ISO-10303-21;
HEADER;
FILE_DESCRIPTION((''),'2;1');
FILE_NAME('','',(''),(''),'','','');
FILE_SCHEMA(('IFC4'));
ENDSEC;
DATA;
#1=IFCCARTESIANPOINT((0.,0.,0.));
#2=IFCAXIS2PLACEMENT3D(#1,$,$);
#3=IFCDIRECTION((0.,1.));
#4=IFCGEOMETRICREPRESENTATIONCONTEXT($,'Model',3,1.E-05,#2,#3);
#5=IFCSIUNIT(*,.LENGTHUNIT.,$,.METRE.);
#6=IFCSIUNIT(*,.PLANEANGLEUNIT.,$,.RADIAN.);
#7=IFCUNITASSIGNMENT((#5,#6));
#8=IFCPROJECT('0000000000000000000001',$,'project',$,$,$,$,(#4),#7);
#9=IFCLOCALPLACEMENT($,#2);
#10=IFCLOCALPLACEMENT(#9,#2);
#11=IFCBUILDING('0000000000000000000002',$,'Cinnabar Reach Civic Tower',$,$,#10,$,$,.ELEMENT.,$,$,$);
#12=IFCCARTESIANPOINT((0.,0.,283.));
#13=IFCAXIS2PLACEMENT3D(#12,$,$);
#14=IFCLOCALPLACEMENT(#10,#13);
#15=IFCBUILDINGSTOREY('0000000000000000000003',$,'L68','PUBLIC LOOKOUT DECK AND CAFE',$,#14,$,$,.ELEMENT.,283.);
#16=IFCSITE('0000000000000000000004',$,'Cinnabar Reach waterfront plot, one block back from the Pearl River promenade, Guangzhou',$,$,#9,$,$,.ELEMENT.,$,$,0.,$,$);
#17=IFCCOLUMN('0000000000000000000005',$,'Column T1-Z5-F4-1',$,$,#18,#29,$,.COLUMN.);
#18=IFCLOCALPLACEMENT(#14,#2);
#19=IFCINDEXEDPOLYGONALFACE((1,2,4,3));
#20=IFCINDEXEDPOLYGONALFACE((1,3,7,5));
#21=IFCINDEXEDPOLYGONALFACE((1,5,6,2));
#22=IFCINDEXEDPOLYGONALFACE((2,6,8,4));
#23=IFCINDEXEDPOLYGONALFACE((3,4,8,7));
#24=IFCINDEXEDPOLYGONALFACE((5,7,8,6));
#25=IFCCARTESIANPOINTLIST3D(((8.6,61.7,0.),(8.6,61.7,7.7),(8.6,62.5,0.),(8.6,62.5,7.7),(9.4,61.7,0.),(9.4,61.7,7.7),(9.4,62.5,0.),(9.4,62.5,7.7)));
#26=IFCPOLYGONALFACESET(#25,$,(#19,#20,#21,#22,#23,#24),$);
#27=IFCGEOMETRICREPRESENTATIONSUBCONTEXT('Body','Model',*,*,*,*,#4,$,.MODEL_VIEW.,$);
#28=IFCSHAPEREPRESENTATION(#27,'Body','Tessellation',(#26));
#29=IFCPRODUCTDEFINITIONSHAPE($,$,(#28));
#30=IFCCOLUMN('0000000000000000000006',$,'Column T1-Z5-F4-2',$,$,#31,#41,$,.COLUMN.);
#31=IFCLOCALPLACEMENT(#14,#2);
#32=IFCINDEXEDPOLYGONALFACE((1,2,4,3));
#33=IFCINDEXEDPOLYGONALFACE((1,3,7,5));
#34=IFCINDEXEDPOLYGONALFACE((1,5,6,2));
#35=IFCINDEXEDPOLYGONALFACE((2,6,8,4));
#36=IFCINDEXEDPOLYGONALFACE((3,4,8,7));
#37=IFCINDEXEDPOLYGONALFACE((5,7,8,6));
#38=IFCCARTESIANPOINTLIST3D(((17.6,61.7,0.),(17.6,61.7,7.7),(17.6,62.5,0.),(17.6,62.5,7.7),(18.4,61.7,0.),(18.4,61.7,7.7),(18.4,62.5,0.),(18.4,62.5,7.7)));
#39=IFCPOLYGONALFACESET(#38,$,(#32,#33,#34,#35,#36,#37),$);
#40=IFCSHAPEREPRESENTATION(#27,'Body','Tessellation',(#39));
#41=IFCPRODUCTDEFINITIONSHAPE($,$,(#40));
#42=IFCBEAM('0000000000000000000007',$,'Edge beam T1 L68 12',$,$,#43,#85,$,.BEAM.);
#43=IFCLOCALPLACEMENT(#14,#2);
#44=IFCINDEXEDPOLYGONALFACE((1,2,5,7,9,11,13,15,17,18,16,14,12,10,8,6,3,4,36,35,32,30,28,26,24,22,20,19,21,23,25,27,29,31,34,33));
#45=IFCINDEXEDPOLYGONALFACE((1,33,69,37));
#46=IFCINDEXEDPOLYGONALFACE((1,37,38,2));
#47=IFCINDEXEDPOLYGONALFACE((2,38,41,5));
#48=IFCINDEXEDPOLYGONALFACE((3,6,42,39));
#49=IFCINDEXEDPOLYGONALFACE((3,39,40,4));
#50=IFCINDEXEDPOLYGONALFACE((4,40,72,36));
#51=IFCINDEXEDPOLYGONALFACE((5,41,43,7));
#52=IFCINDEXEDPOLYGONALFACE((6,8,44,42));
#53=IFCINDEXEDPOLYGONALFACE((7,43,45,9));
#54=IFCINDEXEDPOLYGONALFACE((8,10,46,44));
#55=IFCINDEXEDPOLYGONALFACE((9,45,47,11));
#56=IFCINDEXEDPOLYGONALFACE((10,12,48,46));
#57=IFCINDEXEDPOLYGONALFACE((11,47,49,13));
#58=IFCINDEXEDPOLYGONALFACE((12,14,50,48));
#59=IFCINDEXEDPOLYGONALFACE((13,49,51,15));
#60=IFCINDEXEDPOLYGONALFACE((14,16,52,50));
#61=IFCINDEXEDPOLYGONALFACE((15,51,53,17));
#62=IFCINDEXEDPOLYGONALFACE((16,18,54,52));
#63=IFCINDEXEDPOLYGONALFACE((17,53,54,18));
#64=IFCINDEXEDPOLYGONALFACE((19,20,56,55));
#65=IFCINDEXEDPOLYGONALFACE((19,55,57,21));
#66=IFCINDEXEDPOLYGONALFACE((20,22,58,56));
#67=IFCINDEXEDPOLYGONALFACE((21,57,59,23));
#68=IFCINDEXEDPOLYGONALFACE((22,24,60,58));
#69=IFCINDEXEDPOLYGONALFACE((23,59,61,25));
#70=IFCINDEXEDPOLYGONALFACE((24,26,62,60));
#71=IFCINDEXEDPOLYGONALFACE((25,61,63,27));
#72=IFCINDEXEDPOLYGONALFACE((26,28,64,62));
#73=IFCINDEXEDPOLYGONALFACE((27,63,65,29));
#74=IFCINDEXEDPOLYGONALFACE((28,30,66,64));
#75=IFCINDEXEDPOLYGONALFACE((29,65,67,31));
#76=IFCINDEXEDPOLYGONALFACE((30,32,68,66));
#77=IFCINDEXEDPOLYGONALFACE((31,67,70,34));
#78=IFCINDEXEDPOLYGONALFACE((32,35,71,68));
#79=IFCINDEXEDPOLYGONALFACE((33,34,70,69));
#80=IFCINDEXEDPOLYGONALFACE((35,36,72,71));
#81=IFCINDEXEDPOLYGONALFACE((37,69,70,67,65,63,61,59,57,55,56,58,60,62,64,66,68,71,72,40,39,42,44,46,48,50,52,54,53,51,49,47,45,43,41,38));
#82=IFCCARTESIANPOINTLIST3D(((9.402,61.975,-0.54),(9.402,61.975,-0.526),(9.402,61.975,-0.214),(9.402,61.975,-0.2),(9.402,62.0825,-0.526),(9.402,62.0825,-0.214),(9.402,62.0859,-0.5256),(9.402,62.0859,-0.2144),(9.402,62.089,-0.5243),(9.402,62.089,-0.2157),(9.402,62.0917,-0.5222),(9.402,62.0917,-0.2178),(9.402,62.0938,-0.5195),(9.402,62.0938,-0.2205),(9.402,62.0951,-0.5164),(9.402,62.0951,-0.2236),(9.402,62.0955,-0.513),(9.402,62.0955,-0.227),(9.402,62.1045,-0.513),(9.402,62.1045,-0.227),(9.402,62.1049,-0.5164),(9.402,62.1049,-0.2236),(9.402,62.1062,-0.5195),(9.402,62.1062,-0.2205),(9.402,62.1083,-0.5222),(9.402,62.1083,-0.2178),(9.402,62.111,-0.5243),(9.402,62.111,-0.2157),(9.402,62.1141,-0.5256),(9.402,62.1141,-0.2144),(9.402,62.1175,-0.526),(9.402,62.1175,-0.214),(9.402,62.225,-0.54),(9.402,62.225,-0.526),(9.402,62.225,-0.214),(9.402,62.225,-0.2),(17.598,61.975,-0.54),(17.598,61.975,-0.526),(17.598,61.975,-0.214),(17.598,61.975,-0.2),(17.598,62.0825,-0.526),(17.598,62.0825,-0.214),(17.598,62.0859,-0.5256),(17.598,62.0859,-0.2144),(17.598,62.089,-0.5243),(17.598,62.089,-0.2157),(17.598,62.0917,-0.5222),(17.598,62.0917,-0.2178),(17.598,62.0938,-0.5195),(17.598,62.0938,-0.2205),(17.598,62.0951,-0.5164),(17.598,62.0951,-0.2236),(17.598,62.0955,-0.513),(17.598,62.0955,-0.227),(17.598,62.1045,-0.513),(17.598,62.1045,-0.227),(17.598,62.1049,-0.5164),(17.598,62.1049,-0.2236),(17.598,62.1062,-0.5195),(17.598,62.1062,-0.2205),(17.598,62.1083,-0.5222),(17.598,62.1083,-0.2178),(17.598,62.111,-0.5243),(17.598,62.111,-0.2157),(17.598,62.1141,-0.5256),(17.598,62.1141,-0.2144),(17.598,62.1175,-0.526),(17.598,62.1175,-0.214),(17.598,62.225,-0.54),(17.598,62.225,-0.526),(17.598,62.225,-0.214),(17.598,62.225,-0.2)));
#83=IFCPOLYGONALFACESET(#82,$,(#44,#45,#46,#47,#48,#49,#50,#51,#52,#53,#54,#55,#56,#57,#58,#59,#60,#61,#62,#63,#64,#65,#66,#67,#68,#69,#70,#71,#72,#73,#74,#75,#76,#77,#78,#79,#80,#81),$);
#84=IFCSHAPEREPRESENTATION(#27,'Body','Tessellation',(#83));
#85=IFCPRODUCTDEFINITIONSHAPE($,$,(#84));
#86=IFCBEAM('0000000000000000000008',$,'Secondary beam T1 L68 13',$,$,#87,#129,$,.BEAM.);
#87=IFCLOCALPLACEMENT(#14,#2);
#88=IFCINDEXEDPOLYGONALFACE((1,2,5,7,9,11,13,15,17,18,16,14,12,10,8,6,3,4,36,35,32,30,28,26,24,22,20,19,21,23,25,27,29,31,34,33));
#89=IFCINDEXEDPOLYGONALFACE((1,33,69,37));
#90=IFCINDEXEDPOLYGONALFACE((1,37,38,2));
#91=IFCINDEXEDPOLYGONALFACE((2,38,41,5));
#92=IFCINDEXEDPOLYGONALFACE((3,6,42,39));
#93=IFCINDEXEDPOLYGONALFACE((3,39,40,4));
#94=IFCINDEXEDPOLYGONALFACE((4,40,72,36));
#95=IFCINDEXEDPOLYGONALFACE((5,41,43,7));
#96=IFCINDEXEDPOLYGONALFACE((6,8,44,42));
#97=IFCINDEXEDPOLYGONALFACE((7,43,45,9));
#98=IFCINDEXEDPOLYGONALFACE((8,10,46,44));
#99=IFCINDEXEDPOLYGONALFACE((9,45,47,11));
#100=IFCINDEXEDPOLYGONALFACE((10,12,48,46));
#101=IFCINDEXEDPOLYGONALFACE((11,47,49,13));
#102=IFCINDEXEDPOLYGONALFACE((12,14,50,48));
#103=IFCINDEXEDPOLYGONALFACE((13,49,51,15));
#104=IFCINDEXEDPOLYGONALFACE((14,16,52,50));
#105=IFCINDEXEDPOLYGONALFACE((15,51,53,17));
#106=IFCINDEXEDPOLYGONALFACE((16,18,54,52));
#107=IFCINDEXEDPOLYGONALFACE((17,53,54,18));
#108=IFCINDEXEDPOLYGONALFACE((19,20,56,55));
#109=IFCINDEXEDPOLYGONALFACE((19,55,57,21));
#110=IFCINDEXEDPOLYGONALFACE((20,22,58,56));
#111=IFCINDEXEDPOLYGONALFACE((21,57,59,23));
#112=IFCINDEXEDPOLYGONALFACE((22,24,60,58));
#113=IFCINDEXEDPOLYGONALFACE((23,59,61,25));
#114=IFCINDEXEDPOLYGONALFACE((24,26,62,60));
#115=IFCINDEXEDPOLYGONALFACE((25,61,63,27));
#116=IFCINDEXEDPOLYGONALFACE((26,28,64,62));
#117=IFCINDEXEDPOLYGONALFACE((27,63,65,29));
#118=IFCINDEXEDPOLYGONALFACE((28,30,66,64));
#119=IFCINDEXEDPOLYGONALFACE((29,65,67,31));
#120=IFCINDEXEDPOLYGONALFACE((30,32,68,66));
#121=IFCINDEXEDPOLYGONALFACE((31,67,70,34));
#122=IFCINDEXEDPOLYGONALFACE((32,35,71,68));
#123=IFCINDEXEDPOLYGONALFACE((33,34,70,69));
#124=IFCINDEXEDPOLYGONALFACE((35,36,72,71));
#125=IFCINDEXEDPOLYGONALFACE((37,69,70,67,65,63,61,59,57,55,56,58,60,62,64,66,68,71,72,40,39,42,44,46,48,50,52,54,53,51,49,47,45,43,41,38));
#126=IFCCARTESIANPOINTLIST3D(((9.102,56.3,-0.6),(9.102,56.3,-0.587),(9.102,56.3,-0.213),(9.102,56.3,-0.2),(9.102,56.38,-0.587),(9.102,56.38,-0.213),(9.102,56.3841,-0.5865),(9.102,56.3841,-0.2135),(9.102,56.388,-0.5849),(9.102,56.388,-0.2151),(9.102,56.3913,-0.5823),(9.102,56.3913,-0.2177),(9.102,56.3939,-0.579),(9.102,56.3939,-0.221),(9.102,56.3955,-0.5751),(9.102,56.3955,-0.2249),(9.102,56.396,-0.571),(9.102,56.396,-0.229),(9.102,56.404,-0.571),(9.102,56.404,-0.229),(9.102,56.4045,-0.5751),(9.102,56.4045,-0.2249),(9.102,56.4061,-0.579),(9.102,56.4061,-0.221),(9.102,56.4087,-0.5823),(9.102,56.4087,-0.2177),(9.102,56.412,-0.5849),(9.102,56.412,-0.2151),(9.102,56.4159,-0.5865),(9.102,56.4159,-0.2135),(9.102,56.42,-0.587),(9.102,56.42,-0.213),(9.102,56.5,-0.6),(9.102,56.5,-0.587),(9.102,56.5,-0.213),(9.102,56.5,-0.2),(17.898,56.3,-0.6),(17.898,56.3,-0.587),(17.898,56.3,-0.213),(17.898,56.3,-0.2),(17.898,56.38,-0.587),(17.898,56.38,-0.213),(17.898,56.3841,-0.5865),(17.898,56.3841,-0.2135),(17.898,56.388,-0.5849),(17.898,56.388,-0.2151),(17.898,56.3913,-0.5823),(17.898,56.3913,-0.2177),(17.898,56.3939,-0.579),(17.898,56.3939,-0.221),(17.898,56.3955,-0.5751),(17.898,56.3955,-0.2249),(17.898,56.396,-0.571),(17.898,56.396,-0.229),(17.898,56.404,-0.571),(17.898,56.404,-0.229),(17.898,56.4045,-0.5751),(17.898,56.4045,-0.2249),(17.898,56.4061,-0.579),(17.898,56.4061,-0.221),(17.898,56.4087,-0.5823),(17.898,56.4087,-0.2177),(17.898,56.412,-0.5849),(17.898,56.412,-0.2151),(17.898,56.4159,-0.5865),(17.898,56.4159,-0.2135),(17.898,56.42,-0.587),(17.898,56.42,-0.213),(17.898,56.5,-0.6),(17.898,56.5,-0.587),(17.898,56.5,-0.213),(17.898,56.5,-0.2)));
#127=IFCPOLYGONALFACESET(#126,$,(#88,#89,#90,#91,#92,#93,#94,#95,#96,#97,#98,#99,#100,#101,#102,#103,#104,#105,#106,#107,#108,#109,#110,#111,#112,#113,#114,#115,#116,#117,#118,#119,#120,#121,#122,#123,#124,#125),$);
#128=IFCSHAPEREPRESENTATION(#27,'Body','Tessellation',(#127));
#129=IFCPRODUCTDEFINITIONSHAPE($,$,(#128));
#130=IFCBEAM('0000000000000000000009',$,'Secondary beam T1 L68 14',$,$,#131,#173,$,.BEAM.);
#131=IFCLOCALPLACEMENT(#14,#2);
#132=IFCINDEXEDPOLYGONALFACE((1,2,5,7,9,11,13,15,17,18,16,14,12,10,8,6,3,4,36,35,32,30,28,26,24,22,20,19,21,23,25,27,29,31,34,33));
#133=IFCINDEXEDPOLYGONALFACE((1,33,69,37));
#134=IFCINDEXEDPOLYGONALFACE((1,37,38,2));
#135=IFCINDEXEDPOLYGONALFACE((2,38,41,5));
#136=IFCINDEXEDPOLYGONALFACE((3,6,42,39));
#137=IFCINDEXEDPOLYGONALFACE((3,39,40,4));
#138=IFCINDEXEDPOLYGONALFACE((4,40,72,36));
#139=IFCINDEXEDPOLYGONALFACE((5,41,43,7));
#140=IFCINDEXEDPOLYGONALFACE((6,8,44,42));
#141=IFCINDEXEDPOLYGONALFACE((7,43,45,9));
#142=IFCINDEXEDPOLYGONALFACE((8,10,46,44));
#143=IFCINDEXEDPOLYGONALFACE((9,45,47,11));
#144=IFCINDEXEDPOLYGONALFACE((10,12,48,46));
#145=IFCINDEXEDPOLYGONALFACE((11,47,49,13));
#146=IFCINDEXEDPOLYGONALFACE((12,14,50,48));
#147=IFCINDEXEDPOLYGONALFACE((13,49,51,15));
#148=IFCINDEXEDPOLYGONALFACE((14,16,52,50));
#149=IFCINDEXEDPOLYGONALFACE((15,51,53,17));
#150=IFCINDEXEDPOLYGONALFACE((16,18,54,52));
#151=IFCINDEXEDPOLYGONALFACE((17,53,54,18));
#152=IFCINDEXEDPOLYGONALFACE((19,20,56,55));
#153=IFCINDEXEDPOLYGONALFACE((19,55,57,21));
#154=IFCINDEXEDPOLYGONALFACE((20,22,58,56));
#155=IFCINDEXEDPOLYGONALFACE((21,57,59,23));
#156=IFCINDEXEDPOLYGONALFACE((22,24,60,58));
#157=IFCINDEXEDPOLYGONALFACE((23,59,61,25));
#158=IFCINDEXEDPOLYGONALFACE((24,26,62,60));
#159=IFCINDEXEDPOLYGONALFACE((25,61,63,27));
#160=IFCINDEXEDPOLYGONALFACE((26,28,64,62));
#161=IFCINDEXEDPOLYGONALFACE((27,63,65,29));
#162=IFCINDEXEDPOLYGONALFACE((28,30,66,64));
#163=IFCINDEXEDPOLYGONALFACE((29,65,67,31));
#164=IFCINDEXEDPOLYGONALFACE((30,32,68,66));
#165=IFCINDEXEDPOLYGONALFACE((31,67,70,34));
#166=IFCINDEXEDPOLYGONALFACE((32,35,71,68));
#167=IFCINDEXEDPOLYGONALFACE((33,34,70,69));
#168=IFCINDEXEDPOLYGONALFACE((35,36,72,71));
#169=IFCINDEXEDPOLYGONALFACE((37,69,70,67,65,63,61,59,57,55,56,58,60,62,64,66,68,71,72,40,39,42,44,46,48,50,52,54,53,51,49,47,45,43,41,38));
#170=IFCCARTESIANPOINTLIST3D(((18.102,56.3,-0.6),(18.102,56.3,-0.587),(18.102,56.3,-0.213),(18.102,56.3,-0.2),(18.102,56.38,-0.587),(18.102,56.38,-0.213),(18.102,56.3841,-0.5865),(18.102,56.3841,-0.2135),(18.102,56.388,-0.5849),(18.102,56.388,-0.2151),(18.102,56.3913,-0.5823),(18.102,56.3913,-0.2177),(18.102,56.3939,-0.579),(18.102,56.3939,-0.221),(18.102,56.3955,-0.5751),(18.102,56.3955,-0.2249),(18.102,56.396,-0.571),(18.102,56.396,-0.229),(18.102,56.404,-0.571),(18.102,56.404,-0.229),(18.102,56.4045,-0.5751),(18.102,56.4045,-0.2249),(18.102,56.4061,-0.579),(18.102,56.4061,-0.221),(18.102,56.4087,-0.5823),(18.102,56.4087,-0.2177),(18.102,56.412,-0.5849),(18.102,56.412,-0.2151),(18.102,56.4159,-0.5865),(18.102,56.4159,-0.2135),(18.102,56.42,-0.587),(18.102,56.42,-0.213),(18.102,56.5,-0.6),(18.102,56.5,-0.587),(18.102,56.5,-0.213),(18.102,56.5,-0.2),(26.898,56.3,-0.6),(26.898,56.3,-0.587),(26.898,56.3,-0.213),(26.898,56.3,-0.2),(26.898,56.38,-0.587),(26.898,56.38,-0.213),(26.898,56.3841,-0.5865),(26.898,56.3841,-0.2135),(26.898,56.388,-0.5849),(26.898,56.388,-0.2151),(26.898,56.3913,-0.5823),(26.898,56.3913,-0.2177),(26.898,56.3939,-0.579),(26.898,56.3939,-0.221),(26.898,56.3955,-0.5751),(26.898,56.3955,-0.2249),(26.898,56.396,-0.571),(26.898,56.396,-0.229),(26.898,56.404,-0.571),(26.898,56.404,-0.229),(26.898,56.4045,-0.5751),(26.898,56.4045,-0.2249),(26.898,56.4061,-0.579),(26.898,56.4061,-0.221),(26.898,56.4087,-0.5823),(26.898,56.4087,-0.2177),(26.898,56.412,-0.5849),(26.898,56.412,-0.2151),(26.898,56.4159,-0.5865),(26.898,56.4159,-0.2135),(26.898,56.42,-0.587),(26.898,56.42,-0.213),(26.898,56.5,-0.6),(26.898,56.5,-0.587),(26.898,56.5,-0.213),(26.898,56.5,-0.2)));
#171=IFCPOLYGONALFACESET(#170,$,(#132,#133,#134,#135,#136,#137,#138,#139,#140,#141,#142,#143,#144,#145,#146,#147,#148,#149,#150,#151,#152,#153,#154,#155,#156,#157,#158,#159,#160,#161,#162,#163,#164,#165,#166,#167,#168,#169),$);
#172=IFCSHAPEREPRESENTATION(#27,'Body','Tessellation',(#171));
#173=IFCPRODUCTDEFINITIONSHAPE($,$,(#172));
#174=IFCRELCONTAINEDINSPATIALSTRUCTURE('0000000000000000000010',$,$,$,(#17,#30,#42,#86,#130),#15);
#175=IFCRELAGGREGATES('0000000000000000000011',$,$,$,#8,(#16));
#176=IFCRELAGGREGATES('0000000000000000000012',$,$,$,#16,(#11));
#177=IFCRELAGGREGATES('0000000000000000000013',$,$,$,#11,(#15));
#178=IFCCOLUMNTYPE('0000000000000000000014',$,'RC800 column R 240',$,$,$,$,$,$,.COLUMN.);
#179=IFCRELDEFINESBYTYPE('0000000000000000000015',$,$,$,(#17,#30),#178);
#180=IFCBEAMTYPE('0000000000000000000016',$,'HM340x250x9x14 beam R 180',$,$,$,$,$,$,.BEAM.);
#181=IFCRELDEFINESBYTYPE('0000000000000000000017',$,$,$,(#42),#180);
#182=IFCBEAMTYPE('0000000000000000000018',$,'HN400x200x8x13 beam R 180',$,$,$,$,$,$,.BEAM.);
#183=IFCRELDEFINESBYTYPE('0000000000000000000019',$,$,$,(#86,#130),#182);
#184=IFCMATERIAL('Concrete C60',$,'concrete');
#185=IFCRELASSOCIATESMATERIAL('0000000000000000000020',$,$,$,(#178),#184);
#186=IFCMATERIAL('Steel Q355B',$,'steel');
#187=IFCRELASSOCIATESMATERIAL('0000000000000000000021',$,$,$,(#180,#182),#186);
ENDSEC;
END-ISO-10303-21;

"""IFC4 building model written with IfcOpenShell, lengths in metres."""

from ifc_helpers import new_model, si_unit, direction, frame, origin, origin_2d, place, context, subcontext, project, spatial, rectangle, i_section, extrude, material, material_profile, profile_set, type_object, element, save


model = new_model("IFC4")

# Units and contexts
model_context = context("Model", 3, precision=1e-05, world=origin(), true_north=direction((0.0, 1.0)))
body_context = subcontext(model_context, "Body", "Model", "MODEL_VIEW")
ifc_project = project(units=[si_unit("LENGTHUNIT", "METRE"), si_unit("PLANEANGLEUNIT", "RADIAN")], contexts=[model_context])

# Site, building, storey
site_placement = place(None, origin())
site = spatial("IfcSite", under=ifc_project, at=site_placement, Name="Cinnabar Reach waterfront plot, one block back from the Pearl River promenade, Guangzhou", CompositionType="ELEMENT", RefElevation=0.0)
building_placement = place(site_placement, origin())
building = spatial("IfcBuilding", under=site, at=building_placement, Name="Cinnabar Reach Civic Tower", CompositionType="ELEMENT")
storey_placement = place(building_placement, frame((0.0, 0.0, 283.0)))
storey = spatial("IfcBuildingStorey", under=building, at=storey_placement, Name="L68", Description="PUBLIC LOOKOUT DECK AND CAFE", CompositionType="ELEMENT", Elevation=283.0)

# Columns
ifc_material_1 = material(Name="Concrete C60", Category="concrete")
ifc_material_profile_1 = material_profile(ifc_material_1, rectangle(XDim=0.8, YDim=0.8, at=origin_2d()), Name="RC800")
ifc_profile_set_1 = profile_set([ifc_material_profile_1], Name="Concrete C60")
column_type = type_object("IfcColumnType", Name="RC800 column R 240", PredefinedType="COLUMN", material=ifc_profile_set_1)
for number, where, z_axis, x_axis, name in (
    (1, (9.0, 62.1, 0.0), (0.0, 0.0, 1.0), (1.0, 0.0, 0.0), "Column T1-Z5-F4-1"),
    (2, (18.0, 62.1, 0.0), (0.0, 0.0, 1.0), (1.0, 0.0, 0.0), "Column T1-Z5-F4-2"),
):
    element("IfcColumn", number, at=place(storey_placement, frame(where, z_axis=z_axis, x_axis=x_axis)), inside=storey, type_object=column_type, Name=name, PredefinedType="COLUMN", context=body_context, shape_type="SweptSolid", body=[
        extrude(rectangle(XDim=0.8, YDim=0.8, at=origin_2d()), origin(), (0.0, 0.0, 1.0), 7.7),
    ])

# Beams
ifc_material_2 = material(Name="Steel Q355B", Category="steel")
ifc_material_profile_2 = material_profile(ifc_material_2, i_section(OverallWidth=0.25, OverallDepth=0.34, WebThickness=0.009, FlangeThickness=0.014, FilletRadius=0.013, at=origin_2d()), Name="HM340x250x9x14")
ifc_profile_set_2 = profile_set([ifc_material_profile_2], Name="Steel Q355B")
beam_type_1 = type_object("IfcBeamType", Name="HM340x250x9x14 beam R 180", PredefinedType="BEAM", material=ifc_profile_set_2)
beam_1_placement = place(storey_placement, frame((17.598, 62.1, -0.37), z_axis=(-1.0, 0.0, 0.0), x_axis=(0.0, -1.0, 0.0)))
element("IfcBeam", 3, at=beam_1_placement, inside=storey, type_object=beam_type_1, Name="Edge beam T1 L68 12", PredefinedType="BEAM", context=body_context, shape_type="SweptSolid", body=[
    extrude(i_section(OverallWidth=0.25, OverallDepth=0.34, WebThickness=0.009, FlangeThickness=0.014, FilletRadius=0.013, at=origin_2d()), origin(), (0.0, 0.0, 1.0), 8.196),
])
ifc_material_profile_3 = material_profile(ifc_material_2, i_section(OverallWidth=0.2, OverallDepth=0.4, WebThickness=0.008, FlangeThickness=0.013, FilletRadius=0.016, at=origin_2d()), Name="HN400x200x8x13")
ifc_profile_set_3 = profile_set([ifc_material_profile_3], Name="Steel Q355B")
beam_type_2 = type_object("IfcBeamType", Name="HN400x200x8x13 beam R 180", PredefinedType="BEAM", material=ifc_profile_set_3)
for number, where, z_axis, x_axis, name in (
    (4, (9.102, 56.4, -0.4), (1.0, 0.0, 0.0), (0.0, 1.0, 0.0), "Secondary beam T1 L68 13"),
    (5, (18.102, 56.4, -0.4), (1.0, 0.0, 0.0), (0.0, 1.0, 0.0), "Secondary beam T1 L68 14"),
):
    element("IfcBeam", number, at=place(storey_placement, frame(where, z_axis=z_axis, x_axis=x_axis)), inside=storey, type_object=beam_type_2, Name=name, PredefinedType="BEAM", context=body_context, shape_type="SweptSolid", body=[
        extrude(i_section(OverallWidth=0.2, OverallDepth=0.4, WebThickness=0.008, FlangeThickness=0.013, FilletRadius=0.016, at=origin_2d()), origin(), (0.0, 0.0, 1.0), 8.796),
    ])

save(model, "model.ifc")
